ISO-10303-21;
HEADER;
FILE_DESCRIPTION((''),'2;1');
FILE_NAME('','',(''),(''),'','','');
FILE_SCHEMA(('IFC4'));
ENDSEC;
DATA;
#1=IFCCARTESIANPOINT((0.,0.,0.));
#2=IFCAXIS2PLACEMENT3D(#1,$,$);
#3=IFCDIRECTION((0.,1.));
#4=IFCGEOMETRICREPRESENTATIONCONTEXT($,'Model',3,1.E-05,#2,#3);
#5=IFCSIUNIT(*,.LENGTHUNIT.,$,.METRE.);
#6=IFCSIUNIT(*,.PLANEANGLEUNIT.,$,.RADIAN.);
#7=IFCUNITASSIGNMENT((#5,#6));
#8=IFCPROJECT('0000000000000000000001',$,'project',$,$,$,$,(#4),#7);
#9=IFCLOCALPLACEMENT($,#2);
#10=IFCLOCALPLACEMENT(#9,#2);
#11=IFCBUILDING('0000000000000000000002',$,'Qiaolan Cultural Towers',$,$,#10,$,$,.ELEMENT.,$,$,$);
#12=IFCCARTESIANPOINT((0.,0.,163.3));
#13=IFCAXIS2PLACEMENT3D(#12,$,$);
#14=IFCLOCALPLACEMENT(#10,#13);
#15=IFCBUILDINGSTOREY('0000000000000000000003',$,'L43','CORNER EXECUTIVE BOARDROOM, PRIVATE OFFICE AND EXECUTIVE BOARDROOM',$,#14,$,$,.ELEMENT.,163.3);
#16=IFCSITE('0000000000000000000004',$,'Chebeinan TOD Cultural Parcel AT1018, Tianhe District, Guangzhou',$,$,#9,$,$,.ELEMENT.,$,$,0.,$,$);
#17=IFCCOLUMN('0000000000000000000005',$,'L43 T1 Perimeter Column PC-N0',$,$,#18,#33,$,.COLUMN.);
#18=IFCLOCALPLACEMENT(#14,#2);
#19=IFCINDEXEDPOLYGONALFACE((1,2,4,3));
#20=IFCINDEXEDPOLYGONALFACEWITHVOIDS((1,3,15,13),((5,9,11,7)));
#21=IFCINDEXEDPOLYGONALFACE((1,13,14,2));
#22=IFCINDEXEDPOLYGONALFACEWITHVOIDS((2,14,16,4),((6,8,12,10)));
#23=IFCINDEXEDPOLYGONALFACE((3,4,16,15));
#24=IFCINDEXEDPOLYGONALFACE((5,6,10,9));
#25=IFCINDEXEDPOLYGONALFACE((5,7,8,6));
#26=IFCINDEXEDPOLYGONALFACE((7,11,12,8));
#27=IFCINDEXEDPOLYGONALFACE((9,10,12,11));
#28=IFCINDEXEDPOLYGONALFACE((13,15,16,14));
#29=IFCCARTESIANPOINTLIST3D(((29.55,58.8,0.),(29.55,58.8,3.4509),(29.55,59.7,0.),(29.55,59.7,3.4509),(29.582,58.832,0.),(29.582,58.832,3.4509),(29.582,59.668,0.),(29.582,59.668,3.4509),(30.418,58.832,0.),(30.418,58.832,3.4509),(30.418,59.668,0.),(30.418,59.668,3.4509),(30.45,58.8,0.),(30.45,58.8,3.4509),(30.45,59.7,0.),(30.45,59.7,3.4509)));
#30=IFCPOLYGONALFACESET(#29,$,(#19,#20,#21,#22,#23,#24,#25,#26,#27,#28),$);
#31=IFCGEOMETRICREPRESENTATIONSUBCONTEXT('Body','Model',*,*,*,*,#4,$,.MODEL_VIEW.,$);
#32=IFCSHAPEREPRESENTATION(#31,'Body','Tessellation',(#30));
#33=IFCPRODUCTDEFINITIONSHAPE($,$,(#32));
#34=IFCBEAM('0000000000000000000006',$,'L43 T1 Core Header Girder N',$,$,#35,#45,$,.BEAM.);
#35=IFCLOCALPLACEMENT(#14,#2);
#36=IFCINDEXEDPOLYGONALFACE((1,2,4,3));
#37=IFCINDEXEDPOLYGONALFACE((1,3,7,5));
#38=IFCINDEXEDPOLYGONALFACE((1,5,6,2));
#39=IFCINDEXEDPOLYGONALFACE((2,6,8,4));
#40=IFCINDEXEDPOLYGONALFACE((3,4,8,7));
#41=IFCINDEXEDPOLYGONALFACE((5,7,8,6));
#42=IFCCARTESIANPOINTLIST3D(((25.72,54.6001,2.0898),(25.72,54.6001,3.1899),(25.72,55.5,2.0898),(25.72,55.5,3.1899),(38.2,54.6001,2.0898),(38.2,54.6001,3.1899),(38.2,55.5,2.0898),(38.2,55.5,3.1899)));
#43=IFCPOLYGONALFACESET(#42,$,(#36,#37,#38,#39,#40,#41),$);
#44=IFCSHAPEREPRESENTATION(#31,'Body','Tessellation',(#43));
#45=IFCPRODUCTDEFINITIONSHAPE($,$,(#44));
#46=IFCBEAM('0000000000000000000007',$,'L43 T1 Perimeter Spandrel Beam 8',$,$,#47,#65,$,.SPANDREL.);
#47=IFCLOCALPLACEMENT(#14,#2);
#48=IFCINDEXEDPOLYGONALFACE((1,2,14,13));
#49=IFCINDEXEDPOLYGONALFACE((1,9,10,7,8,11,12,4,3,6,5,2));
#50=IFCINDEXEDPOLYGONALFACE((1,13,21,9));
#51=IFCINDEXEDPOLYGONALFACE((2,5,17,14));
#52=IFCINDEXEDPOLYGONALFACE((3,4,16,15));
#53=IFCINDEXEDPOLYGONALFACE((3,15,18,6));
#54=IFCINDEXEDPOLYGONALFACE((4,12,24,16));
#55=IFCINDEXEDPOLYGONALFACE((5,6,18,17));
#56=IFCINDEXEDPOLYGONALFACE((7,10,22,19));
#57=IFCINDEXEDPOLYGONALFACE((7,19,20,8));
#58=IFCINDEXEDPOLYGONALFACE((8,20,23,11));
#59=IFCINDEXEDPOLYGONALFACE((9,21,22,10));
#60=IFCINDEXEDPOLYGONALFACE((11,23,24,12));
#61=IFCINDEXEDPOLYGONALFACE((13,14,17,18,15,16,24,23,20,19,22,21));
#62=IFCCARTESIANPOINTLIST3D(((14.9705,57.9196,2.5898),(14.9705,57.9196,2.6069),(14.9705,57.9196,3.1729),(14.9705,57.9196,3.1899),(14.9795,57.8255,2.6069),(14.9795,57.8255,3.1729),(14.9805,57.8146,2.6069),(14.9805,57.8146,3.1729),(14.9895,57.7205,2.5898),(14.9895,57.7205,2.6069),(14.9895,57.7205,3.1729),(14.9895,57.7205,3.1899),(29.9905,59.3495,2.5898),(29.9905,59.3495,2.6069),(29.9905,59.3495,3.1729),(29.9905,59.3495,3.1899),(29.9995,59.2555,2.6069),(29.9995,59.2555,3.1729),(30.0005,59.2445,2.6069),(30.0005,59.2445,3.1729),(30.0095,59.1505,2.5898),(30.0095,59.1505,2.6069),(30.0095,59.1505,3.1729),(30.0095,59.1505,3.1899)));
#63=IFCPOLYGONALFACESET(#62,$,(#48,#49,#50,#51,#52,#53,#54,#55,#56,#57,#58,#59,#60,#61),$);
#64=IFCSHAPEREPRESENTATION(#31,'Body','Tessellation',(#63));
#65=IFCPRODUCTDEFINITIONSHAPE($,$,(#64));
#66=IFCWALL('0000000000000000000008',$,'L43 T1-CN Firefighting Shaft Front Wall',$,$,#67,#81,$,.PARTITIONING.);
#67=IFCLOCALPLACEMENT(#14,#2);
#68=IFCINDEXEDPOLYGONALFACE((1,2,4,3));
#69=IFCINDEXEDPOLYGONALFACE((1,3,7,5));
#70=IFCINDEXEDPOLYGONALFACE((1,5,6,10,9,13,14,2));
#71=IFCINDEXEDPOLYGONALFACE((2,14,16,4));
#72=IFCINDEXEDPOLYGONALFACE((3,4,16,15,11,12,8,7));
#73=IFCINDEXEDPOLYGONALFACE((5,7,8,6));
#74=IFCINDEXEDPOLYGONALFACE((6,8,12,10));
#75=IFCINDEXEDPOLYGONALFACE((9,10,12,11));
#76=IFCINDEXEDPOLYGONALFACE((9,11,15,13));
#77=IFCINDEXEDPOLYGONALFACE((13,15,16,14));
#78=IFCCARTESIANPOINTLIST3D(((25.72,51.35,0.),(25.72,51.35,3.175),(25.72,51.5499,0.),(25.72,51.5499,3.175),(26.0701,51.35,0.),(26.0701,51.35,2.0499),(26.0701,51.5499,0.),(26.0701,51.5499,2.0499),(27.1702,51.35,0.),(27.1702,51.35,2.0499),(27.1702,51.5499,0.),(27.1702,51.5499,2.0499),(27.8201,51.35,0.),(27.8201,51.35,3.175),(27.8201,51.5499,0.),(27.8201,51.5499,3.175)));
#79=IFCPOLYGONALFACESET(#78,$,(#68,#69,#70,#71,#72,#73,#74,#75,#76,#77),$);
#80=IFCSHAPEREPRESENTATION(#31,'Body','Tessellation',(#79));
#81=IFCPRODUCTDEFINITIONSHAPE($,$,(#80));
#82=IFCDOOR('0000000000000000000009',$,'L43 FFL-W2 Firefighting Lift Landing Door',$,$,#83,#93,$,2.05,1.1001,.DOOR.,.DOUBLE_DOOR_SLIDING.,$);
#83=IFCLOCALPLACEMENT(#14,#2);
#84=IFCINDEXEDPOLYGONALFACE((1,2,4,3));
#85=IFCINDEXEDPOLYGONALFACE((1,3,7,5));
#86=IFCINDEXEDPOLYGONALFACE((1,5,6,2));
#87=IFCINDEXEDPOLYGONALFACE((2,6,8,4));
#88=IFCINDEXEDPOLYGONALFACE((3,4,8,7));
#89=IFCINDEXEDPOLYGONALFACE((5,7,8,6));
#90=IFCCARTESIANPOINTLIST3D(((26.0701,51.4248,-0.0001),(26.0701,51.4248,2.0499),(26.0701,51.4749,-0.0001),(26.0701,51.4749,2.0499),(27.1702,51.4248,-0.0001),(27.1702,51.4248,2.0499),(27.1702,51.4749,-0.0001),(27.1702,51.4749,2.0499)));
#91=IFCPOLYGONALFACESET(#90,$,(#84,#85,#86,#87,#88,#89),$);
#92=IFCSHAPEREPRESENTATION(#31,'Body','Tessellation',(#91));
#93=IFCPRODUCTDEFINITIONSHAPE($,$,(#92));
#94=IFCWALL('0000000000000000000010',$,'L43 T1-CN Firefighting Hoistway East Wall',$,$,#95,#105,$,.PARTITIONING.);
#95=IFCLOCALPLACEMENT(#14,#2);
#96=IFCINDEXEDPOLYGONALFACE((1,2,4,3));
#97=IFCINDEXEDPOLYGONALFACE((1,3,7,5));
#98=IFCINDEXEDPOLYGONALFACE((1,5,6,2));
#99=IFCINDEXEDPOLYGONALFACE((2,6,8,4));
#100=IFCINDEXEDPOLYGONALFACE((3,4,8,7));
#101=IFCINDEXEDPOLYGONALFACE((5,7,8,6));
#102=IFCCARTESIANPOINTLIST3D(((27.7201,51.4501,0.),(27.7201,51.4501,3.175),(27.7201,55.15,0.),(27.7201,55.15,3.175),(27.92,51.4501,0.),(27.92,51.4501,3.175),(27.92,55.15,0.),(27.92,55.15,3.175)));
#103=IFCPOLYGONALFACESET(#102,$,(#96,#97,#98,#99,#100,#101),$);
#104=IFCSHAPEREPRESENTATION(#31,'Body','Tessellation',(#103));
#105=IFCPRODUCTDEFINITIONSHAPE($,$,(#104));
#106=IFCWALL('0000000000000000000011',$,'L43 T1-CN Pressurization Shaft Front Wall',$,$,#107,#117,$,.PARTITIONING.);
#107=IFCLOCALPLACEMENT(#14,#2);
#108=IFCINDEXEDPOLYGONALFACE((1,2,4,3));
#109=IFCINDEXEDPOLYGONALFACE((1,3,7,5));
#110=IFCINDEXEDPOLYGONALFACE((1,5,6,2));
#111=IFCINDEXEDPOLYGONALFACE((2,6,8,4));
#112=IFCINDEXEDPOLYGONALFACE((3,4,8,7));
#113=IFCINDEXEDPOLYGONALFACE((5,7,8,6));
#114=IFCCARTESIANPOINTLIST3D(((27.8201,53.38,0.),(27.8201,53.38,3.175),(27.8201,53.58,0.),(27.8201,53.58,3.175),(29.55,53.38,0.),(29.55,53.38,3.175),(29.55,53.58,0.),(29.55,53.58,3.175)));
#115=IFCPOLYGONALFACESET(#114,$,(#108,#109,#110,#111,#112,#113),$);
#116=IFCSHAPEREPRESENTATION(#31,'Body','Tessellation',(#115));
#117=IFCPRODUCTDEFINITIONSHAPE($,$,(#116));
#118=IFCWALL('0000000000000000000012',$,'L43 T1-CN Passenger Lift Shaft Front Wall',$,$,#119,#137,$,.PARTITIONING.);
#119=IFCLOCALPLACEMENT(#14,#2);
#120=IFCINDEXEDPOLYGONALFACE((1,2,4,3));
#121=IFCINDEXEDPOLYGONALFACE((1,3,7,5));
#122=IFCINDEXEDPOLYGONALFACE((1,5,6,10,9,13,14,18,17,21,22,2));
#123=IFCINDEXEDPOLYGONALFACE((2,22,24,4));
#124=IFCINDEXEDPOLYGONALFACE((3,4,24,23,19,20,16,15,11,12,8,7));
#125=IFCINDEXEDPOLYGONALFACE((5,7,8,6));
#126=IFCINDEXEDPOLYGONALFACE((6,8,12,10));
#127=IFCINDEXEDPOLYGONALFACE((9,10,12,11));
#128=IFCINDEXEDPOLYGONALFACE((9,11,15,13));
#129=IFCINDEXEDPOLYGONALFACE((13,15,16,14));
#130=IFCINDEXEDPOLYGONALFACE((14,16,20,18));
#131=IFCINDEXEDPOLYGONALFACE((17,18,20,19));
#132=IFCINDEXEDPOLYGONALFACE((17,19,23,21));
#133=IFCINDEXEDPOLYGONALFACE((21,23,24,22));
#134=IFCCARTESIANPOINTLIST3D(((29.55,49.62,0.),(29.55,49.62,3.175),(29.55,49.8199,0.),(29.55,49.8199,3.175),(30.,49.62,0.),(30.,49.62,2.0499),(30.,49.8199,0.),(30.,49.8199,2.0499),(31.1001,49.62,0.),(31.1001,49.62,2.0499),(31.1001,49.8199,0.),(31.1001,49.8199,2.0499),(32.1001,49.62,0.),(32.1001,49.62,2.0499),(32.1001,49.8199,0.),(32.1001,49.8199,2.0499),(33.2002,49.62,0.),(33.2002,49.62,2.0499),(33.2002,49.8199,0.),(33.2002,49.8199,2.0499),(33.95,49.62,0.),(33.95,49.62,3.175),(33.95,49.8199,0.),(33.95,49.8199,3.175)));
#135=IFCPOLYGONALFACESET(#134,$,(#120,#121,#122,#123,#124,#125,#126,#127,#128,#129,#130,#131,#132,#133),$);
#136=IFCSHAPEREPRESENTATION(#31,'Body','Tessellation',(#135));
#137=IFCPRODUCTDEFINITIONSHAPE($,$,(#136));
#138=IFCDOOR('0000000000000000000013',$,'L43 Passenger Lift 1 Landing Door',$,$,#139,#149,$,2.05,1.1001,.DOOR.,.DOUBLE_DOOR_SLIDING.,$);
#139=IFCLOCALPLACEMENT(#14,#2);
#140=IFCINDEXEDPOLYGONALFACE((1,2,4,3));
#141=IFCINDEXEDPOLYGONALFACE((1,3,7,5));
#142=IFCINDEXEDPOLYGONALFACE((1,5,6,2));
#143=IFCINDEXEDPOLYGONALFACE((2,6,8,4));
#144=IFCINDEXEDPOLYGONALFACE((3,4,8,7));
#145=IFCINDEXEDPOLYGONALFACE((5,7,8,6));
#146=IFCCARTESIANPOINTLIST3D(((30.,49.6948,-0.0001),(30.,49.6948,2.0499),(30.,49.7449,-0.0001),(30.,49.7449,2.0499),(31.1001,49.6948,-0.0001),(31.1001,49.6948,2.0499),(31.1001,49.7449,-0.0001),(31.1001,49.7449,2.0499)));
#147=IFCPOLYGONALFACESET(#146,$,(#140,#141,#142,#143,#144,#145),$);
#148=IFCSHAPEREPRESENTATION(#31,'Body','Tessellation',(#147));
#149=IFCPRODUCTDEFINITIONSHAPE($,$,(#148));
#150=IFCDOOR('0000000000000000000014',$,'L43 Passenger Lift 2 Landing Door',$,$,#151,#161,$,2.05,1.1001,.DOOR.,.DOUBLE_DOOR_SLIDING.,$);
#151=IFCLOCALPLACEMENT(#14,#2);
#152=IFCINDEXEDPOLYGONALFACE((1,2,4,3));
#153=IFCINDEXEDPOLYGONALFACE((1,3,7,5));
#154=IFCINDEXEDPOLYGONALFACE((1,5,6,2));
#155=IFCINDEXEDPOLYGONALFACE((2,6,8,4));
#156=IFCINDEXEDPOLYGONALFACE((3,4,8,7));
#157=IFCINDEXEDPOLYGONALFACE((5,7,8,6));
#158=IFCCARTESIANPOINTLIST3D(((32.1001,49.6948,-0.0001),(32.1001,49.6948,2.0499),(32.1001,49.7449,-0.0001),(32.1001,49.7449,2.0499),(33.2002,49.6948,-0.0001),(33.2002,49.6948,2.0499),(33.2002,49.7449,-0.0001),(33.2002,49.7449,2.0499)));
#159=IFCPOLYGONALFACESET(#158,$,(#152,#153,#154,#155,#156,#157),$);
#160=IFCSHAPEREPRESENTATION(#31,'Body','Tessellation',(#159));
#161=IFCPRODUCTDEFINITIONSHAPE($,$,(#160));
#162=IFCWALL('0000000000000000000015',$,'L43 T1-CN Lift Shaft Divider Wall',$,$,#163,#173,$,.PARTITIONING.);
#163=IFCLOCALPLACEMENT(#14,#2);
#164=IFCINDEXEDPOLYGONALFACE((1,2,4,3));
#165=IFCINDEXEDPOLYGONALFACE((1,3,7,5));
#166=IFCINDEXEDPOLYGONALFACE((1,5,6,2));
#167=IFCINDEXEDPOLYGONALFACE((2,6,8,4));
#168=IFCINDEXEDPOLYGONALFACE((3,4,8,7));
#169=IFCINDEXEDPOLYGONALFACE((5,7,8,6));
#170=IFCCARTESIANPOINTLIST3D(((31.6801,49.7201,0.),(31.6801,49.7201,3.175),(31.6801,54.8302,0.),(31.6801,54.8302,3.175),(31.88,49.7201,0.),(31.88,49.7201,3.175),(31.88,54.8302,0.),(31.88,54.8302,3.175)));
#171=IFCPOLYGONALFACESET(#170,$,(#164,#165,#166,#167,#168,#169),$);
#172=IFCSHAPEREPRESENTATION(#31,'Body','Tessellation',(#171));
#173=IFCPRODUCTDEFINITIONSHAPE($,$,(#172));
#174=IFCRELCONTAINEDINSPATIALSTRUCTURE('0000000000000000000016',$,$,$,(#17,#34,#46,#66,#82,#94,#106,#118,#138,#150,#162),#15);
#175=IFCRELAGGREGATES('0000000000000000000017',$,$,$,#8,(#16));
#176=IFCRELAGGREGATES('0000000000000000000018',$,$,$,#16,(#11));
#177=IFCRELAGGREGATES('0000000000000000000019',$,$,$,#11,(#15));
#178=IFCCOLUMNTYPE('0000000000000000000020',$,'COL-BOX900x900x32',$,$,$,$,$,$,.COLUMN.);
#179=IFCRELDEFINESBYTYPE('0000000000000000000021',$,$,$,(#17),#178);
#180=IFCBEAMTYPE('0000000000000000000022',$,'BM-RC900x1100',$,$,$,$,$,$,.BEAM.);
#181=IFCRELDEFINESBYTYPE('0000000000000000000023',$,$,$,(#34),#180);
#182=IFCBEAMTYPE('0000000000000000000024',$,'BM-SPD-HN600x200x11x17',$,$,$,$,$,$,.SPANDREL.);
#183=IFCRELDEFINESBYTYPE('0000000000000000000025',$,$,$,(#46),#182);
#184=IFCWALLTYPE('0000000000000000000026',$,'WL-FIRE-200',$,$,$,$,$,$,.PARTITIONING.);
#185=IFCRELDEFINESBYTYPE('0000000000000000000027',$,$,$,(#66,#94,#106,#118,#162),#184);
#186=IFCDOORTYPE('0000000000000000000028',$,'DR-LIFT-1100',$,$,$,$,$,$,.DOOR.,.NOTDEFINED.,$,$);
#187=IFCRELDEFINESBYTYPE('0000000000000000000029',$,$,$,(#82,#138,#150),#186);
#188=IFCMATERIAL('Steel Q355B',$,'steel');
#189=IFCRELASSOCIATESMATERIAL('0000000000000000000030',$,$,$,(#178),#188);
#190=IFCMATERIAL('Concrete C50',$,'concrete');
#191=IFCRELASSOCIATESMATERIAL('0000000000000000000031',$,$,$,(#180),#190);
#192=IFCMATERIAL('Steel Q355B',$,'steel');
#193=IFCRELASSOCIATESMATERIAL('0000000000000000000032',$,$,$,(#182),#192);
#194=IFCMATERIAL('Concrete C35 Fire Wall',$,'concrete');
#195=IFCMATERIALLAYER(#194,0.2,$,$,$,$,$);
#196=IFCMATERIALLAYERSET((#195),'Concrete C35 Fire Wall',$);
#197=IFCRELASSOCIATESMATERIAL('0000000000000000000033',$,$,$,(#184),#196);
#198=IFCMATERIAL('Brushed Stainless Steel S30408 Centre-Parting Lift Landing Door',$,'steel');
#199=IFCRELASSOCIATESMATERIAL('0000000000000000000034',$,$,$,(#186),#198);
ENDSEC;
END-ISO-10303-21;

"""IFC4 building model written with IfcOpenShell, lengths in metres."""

from ifc_helpers import new_model, si_unit, direction, frame, frame_2d, origin, origin_2d, place, context, subcontext, project, spatial, rectangle, hollow_rectangle, i_section, extrude, material, layer, layer_set, material_profile, profile_set, type_object, element, fill, save


model = new_model("IFC4")

# Units and contexts
model_context = context("Model", 3, precision=1e-05, world=origin(), true_north=direction((0.0, 1.0)))
body_context = subcontext(model_context, "Body", "Model", "MODEL_VIEW")
ifc_project = project(units=[si_unit("LENGTHUNIT", "METRE"), si_unit("PLANEANGLEUNIT", "RADIAN")], contexts=[model_context])

# Site, building, storey
site_placement = place(None, origin())
site = spatial("IfcSite", under=ifc_project, at=site_placement, Name="Chebeinan TOD Cultural Parcel AT1018, Tianhe District, Guangzhou", CompositionType="ELEMENT", RefElevation=0.0)
building_placement = place(site_placement, origin())
building = spatial("IfcBuilding", under=site, at=building_placement, Name="Qiaolan Cultural Towers", CompositionType="ELEMENT")
storey_placement = place(building_placement, frame((0.0, 0.0, 163.3)))
storey = spatial("IfcBuildingStorey", under=building, at=storey_placement, Name="L43", Description="CORNER EXECUTIVE BOARDROOM, PRIVATE OFFICE AND EXECUTIVE BOARDROOM", CompositionType="ELEMENT", Elevation=163.3)

# Column
ifc_material_1 = material(Name="Steel Q355B", Category="steel")
ifc_material_profile_1 = material_profile(ifc_material_1, hollow_rectangle(XDim=0.8999, YDim=0.8999, WallThickness=0.032, at=origin_2d()), Name="BOX900x900x32")
ifc_profile_set_1 = profile_set([ifc_material_profile_1], Name="Steel Q355B")
column_type = type_object("IfcColumnType", Name="COL-BOX900x900x32", PredefinedType="COLUMN", material=ifc_profile_set_1)
column_placement = place(storey_placement, frame((30.0, 59.25, 0.0), z_axis=(0.0, 0.0, 1.0), x_axis=(1.0, 0.0, 0.0)))
element("IfcColumn", 1, at=column_placement, inside=storey, type_object=column_type, Name="L43 T1 Perimeter Column PC-N0", PredefinedType="COLUMN", context=body_context, shape_type="SweptSolid", body=[
    extrude(hollow_rectangle(XDim=0.8999, YDim=0.8999, WallThickness=0.032, at=origin_2d()), origin(), (0.0, 0.0, 1.0), 3.4509),
])

# Beams
ifc_material_2 = material(Name="Concrete C50", Category="concrete")
ifc_material_profile_2 = material_profile(ifc_material_2, rectangle(XDim=0.8999, YDim=1.1001, at=origin_2d()), Name="RC900x1100")
ifc_profile_set_2 = profile_set([ifc_material_profile_2], Name="Concrete C50")
beam_type_1 = type_object("IfcBeamType", Name="BM-RC900x1100", PredefinedType="BEAM", material=ifc_profile_set_2)
beam_1_placement = place(storey_placement, frame((25.72, 55.05, 2.6399), z_axis=(1.0, 0.0, 0.0), x_axis=(0.0, 1.0, 0.0)))
element("IfcBeam", 2, at=beam_1_placement, inside=storey, type_object=beam_type_1, Name="L43 T1 Core Header Girder N", PredefinedType="BEAM", context=body_context, shape_type="SweptSolid", body=[
    extrude(rectangle(XDim=0.8999, YDim=1.1001, at=origin_2d()), origin(), (0.0, 0.0, 1.0), 12.48),
])
ifc_material_3 = material(Name="Steel Q355B", Category="steel")
ifc_material_profile_3 = material_profile(ifc_material_3, i_section(OverallWidth=0.2, OverallDepth=0.6001, WebThickness=0.011, FlangeThickness=0.0171, at=origin_2d()), Name="HN600x200x11x17")
ifc_profile_set_3 = profile_set([ifc_material_profile_3], Name="Steel Q355B")
beam_type_2 = type_object("IfcBeamType", Name="BM-SPD-HN600x200x11x17", PredefinedType="SPANDREL", material=ifc_profile_set_3)
beam_2_placement = place(storey_placement, frame((30.0, 59.25, 2.8899), z_axis=(-0.995499, -0.094773, 0.0), x_axis=(0.094773, -0.995499, 0.0)))
element("IfcBeam", 3, at=beam_2_placement, inside=storey, type_object=beam_type_2, Name="L43 T1 Perimeter Spandrel Beam 8", PredefinedType="SPANDREL", context=body_context, shape_type="SweptSolid", body=[
    extrude(i_section(OverallWidth=0.2, OverallDepth=0.6001, WebThickness=0.011, FlangeThickness=0.0171, at=origin_2d()), origin(), (0.0, 0.0, 1.0), 15.0879),
])

# Wall, opening, door
ifc_material_4 = material(Name="Concrete C35 Fire Wall", Category="concrete")
ifc_layer_1 = layer(ifc_material_4, 0.2)
ifc_layer_set_1 = layer_set([ifc_layer_1], Name="Concrete C35 Fire Wall")
wall_type_1 = type_object("IfcWallType", Name="WL-FIRE-200", PredefinedType="PARTITIONING", material=ifc_layer_set_1)
wall_1_placement = place(storey_placement, frame((25.72, 51.45, 0.0), z_axis=(0.0, 0.0, 1.0), x_axis=(1.0, 0.0, 0.0)))
wall_1 = element("IfcWall", 4, at=wall_1_placement, inside=storey, type_object=wall_type_1, Name="L43 T1-CN Firefighting Shaft Front Wall", PredefinedType="PARTITIONING", context=body_context, shape_type="SweptSolid", body=[
    extrude(rectangle(XDim=2.1001, YDim=0.2, at=frame_2d((1.05, 0.0))), origin(), (0.0, 0.0, 1.0), 3.175),
])
opening_1_placement = place(wall_1_placement, frame((0.3501, 0.0, 0.0)))
opening_1 = element("IfcOpeningElement", 5, at=opening_1_placement, cuts=wall_1, PredefinedType="OPENING", context=body_context, shape_type="SweptSolid", body=[
    extrude(rectangle(XDim=1.1001, YDim=2.05, at=frame_2d((0.55, 1.0249))), frame((0.0, 0.1099, 0.0), z_axis=(0.0, -1.0, 0.0), x_axis=(1.0, 0.0, 0.0)), (0.0, 0.0, 1.0), 0.22),
])
ifc_material_5 = material(Name="Brushed Stainless Steel S30408 Centre-Parting Lift Landing Door", Category="steel")
door_type_1 = type_object("IfcDoorType", Name="DR-LIFT-1100", OperationType="NOTDEFINED", PredefinedType="DOOR", material=ifc_material_5)
door_1_placement = place(opening_1_placement, origin())
door_1 = element("IfcDoor", 6, at=door_1_placement, inside=storey, type_object=door_type_1, Name="L43 FFL-W2 Firefighting Lift Landing Door", OperationType="DOUBLE_DOOR_SLIDING", OverallHeight=2.05, OverallWidth=1.1001, PredefinedType="DOOR", context=body_context, shape_type="SweptSolid", body=[
    extrude(rectangle(XDim=1.1001, YDim=2.05, at=frame_2d((0.55, 1.0249))), frame((0.0, 0.0249, 0.0), z_axis=(0.0, -1.0, 0.0), x_axis=(1.0, 0.0, 0.0)), (0.0, 0.0, 1.0), 0.05),
])
fill(opening_1, door_1)

# Walls
wall_2_placement = place(storey_placement, frame((27.8201, 51.45, 0.0), z_axis=(0.0, 0.0, 1.0), x_axis=(0.0, 1.0, 0.0)))
element("IfcWall", 7, at=wall_2_placement, inside=storey, type_object=wall_type_1, Name="L43 T1-CN Firefighting Hoistway East Wall", PredefinedType="PARTITIONING", context=body_context, shape_type="SweptSolid", body=[
    extrude(rectangle(XDim=3.7, YDim=0.2, at=frame_2d((1.8501, 0.0))), origin(), (0.0, 0.0, 1.0), 3.175),
])
wall_3_placement = place(storey_placement, frame((27.8201, 53.48, 0.0), z_axis=(0.0, 0.0, 1.0), x_axis=(1.0, 0.0, 0.0)))
element("IfcWall", 8, at=wall_3_placement, inside=storey, type_object=wall_type_1, Name="L43 T1-CN Pressurization Shaft Front Wall", PredefinedType="PARTITIONING", context=body_context, shape_type="SweptSolid", body=[
    extrude(rectangle(XDim=1.73, YDim=0.2, at=frame_2d((0.865, 0.0))), origin(), (0.0, 0.0, 1.0), 3.175),
])

# Wall, openings, doors
wall_4_placement = place(storey_placement, frame((29.55, 49.72, 0.0), z_axis=(0.0, 0.0, 1.0), x_axis=(1.0, 0.0, 0.0)))
wall_4 = element("IfcWall", 9, at=wall_4_placement, inside=storey, type_object=wall_type_1, Name="L43 T1-CN Passenger Lift Shaft Front Wall", PredefinedType="PARTITIONING", context=body_context, shape_type="SweptSolid", body=[
    extrude(rectangle(XDim=4.3999, YDim=0.2, at=frame_2d((2.2, 0.0))), origin(), (0.0, 0.0, 1.0), 3.175),
])
opening_2_placement = place(wall_4_placement, frame((0.45, 0.0, 0.0)))
opening_2 = element("IfcOpeningElement", 10, at=opening_2_placement, cuts=wall_4, PredefinedType="OPENING", context=body_context, shape_type="SweptSolid", body=[
    extrude(rectangle(XDim=1.1001, YDim=2.05, at=frame_2d((0.55, 1.0249))), frame((0.0, 0.1099, 0.0), z_axis=(0.0, -1.0, 0.0), x_axis=(1.0, 0.0, 0.0)), (0.0, 0.0, 1.0), 0.22),
])
opening_3_placement = place(wall_4_placement, frame((2.55, 0.0, 0.0)))
opening_3 = element("IfcOpeningElement", 11, at=opening_3_placement, cuts=wall_4, PredefinedType="OPENING", context=body_context, shape_type="SweptSolid", body=[
    extrude(rectangle(XDim=1.1001, YDim=2.05, at=frame_2d((0.55, 1.0249))), frame((0.0, 0.1099, 0.0), z_axis=(0.0, -1.0, 0.0), x_axis=(1.0, 0.0, 0.0)), (0.0, 0.0, 1.0), 0.22),
])
door_2_placement = place(opening_2_placement, origin())
door_2 = element("IfcDoor", 12, at=door_2_placement, inside=storey, type_object=door_type_1, Name="L43 Passenger Lift 1 Landing Door", OperationType="DOUBLE_DOOR_SLIDING", OverallHeight=2.05, OverallWidth=1.1001, PredefinedType="DOOR", context=body_context, shape_type="SweptSolid", body=[
    extrude(rectangle(XDim=1.1001, YDim=2.05, at=frame_2d((0.55, 1.0249))), frame((0.0, 0.0249, 0.0), z_axis=(0.0, -1.0, 0.0), x_axis=(1.0, 0.0, 0.0)), (0.0, 0.0, 1.0), 0.05),
])
fill(opening_2, door_2)
door_3_placement = place(opening_3_placement, origin())
door_3 = element("IfcDoor", 13, at=door_3_placement, inside=storey, type_object=door_type_1, Name="L43 Passenger Lift 2 Landing Door", OperationType="DOUBLE_DOOR_SLIDING", OverallHeight=2.05, OverallWidth=1.1001, PredefinedType="DOOR", context=body_context, shape_type="SweptSolid", body=[
    extrude(rectangle(XDim=1.1001, YDim=2.05, at=frame_2d((0.55, 1.0249))), frame((0.0, 0.0249, 0.0), z_axis=(0.0, -1.0, 0.0), x_axis=(1.0, 0.0, 0.0)), (0.0, 0.0, 1.0), 0.05),
])
fill(opening_3, door_3)

# Wall
wall_5_placement = place(storey_placement, frame((31.78, 49.72, 0.0), z_axis=(0.0, 0.0, 1.0), x_axis=(0.0, 1.0, 0.0)))
element("IfcWall", 14, at=wall_5_placement, inside=storey, type_object=wall_type_1, Name="L43 T1-CN Lift Shaft Divider Wall", PredefinedType="PARTITIONING", context=body_context, shape_type="SweptSolid", body=[
    extrude(rectangle(XDim=5.1101, YDim=0.2, at=frame_2d((2.5552, 0.0))), origin(), (0.0, 0.0, 1.0), 3.175),
])

save(model, "model.ifc")
